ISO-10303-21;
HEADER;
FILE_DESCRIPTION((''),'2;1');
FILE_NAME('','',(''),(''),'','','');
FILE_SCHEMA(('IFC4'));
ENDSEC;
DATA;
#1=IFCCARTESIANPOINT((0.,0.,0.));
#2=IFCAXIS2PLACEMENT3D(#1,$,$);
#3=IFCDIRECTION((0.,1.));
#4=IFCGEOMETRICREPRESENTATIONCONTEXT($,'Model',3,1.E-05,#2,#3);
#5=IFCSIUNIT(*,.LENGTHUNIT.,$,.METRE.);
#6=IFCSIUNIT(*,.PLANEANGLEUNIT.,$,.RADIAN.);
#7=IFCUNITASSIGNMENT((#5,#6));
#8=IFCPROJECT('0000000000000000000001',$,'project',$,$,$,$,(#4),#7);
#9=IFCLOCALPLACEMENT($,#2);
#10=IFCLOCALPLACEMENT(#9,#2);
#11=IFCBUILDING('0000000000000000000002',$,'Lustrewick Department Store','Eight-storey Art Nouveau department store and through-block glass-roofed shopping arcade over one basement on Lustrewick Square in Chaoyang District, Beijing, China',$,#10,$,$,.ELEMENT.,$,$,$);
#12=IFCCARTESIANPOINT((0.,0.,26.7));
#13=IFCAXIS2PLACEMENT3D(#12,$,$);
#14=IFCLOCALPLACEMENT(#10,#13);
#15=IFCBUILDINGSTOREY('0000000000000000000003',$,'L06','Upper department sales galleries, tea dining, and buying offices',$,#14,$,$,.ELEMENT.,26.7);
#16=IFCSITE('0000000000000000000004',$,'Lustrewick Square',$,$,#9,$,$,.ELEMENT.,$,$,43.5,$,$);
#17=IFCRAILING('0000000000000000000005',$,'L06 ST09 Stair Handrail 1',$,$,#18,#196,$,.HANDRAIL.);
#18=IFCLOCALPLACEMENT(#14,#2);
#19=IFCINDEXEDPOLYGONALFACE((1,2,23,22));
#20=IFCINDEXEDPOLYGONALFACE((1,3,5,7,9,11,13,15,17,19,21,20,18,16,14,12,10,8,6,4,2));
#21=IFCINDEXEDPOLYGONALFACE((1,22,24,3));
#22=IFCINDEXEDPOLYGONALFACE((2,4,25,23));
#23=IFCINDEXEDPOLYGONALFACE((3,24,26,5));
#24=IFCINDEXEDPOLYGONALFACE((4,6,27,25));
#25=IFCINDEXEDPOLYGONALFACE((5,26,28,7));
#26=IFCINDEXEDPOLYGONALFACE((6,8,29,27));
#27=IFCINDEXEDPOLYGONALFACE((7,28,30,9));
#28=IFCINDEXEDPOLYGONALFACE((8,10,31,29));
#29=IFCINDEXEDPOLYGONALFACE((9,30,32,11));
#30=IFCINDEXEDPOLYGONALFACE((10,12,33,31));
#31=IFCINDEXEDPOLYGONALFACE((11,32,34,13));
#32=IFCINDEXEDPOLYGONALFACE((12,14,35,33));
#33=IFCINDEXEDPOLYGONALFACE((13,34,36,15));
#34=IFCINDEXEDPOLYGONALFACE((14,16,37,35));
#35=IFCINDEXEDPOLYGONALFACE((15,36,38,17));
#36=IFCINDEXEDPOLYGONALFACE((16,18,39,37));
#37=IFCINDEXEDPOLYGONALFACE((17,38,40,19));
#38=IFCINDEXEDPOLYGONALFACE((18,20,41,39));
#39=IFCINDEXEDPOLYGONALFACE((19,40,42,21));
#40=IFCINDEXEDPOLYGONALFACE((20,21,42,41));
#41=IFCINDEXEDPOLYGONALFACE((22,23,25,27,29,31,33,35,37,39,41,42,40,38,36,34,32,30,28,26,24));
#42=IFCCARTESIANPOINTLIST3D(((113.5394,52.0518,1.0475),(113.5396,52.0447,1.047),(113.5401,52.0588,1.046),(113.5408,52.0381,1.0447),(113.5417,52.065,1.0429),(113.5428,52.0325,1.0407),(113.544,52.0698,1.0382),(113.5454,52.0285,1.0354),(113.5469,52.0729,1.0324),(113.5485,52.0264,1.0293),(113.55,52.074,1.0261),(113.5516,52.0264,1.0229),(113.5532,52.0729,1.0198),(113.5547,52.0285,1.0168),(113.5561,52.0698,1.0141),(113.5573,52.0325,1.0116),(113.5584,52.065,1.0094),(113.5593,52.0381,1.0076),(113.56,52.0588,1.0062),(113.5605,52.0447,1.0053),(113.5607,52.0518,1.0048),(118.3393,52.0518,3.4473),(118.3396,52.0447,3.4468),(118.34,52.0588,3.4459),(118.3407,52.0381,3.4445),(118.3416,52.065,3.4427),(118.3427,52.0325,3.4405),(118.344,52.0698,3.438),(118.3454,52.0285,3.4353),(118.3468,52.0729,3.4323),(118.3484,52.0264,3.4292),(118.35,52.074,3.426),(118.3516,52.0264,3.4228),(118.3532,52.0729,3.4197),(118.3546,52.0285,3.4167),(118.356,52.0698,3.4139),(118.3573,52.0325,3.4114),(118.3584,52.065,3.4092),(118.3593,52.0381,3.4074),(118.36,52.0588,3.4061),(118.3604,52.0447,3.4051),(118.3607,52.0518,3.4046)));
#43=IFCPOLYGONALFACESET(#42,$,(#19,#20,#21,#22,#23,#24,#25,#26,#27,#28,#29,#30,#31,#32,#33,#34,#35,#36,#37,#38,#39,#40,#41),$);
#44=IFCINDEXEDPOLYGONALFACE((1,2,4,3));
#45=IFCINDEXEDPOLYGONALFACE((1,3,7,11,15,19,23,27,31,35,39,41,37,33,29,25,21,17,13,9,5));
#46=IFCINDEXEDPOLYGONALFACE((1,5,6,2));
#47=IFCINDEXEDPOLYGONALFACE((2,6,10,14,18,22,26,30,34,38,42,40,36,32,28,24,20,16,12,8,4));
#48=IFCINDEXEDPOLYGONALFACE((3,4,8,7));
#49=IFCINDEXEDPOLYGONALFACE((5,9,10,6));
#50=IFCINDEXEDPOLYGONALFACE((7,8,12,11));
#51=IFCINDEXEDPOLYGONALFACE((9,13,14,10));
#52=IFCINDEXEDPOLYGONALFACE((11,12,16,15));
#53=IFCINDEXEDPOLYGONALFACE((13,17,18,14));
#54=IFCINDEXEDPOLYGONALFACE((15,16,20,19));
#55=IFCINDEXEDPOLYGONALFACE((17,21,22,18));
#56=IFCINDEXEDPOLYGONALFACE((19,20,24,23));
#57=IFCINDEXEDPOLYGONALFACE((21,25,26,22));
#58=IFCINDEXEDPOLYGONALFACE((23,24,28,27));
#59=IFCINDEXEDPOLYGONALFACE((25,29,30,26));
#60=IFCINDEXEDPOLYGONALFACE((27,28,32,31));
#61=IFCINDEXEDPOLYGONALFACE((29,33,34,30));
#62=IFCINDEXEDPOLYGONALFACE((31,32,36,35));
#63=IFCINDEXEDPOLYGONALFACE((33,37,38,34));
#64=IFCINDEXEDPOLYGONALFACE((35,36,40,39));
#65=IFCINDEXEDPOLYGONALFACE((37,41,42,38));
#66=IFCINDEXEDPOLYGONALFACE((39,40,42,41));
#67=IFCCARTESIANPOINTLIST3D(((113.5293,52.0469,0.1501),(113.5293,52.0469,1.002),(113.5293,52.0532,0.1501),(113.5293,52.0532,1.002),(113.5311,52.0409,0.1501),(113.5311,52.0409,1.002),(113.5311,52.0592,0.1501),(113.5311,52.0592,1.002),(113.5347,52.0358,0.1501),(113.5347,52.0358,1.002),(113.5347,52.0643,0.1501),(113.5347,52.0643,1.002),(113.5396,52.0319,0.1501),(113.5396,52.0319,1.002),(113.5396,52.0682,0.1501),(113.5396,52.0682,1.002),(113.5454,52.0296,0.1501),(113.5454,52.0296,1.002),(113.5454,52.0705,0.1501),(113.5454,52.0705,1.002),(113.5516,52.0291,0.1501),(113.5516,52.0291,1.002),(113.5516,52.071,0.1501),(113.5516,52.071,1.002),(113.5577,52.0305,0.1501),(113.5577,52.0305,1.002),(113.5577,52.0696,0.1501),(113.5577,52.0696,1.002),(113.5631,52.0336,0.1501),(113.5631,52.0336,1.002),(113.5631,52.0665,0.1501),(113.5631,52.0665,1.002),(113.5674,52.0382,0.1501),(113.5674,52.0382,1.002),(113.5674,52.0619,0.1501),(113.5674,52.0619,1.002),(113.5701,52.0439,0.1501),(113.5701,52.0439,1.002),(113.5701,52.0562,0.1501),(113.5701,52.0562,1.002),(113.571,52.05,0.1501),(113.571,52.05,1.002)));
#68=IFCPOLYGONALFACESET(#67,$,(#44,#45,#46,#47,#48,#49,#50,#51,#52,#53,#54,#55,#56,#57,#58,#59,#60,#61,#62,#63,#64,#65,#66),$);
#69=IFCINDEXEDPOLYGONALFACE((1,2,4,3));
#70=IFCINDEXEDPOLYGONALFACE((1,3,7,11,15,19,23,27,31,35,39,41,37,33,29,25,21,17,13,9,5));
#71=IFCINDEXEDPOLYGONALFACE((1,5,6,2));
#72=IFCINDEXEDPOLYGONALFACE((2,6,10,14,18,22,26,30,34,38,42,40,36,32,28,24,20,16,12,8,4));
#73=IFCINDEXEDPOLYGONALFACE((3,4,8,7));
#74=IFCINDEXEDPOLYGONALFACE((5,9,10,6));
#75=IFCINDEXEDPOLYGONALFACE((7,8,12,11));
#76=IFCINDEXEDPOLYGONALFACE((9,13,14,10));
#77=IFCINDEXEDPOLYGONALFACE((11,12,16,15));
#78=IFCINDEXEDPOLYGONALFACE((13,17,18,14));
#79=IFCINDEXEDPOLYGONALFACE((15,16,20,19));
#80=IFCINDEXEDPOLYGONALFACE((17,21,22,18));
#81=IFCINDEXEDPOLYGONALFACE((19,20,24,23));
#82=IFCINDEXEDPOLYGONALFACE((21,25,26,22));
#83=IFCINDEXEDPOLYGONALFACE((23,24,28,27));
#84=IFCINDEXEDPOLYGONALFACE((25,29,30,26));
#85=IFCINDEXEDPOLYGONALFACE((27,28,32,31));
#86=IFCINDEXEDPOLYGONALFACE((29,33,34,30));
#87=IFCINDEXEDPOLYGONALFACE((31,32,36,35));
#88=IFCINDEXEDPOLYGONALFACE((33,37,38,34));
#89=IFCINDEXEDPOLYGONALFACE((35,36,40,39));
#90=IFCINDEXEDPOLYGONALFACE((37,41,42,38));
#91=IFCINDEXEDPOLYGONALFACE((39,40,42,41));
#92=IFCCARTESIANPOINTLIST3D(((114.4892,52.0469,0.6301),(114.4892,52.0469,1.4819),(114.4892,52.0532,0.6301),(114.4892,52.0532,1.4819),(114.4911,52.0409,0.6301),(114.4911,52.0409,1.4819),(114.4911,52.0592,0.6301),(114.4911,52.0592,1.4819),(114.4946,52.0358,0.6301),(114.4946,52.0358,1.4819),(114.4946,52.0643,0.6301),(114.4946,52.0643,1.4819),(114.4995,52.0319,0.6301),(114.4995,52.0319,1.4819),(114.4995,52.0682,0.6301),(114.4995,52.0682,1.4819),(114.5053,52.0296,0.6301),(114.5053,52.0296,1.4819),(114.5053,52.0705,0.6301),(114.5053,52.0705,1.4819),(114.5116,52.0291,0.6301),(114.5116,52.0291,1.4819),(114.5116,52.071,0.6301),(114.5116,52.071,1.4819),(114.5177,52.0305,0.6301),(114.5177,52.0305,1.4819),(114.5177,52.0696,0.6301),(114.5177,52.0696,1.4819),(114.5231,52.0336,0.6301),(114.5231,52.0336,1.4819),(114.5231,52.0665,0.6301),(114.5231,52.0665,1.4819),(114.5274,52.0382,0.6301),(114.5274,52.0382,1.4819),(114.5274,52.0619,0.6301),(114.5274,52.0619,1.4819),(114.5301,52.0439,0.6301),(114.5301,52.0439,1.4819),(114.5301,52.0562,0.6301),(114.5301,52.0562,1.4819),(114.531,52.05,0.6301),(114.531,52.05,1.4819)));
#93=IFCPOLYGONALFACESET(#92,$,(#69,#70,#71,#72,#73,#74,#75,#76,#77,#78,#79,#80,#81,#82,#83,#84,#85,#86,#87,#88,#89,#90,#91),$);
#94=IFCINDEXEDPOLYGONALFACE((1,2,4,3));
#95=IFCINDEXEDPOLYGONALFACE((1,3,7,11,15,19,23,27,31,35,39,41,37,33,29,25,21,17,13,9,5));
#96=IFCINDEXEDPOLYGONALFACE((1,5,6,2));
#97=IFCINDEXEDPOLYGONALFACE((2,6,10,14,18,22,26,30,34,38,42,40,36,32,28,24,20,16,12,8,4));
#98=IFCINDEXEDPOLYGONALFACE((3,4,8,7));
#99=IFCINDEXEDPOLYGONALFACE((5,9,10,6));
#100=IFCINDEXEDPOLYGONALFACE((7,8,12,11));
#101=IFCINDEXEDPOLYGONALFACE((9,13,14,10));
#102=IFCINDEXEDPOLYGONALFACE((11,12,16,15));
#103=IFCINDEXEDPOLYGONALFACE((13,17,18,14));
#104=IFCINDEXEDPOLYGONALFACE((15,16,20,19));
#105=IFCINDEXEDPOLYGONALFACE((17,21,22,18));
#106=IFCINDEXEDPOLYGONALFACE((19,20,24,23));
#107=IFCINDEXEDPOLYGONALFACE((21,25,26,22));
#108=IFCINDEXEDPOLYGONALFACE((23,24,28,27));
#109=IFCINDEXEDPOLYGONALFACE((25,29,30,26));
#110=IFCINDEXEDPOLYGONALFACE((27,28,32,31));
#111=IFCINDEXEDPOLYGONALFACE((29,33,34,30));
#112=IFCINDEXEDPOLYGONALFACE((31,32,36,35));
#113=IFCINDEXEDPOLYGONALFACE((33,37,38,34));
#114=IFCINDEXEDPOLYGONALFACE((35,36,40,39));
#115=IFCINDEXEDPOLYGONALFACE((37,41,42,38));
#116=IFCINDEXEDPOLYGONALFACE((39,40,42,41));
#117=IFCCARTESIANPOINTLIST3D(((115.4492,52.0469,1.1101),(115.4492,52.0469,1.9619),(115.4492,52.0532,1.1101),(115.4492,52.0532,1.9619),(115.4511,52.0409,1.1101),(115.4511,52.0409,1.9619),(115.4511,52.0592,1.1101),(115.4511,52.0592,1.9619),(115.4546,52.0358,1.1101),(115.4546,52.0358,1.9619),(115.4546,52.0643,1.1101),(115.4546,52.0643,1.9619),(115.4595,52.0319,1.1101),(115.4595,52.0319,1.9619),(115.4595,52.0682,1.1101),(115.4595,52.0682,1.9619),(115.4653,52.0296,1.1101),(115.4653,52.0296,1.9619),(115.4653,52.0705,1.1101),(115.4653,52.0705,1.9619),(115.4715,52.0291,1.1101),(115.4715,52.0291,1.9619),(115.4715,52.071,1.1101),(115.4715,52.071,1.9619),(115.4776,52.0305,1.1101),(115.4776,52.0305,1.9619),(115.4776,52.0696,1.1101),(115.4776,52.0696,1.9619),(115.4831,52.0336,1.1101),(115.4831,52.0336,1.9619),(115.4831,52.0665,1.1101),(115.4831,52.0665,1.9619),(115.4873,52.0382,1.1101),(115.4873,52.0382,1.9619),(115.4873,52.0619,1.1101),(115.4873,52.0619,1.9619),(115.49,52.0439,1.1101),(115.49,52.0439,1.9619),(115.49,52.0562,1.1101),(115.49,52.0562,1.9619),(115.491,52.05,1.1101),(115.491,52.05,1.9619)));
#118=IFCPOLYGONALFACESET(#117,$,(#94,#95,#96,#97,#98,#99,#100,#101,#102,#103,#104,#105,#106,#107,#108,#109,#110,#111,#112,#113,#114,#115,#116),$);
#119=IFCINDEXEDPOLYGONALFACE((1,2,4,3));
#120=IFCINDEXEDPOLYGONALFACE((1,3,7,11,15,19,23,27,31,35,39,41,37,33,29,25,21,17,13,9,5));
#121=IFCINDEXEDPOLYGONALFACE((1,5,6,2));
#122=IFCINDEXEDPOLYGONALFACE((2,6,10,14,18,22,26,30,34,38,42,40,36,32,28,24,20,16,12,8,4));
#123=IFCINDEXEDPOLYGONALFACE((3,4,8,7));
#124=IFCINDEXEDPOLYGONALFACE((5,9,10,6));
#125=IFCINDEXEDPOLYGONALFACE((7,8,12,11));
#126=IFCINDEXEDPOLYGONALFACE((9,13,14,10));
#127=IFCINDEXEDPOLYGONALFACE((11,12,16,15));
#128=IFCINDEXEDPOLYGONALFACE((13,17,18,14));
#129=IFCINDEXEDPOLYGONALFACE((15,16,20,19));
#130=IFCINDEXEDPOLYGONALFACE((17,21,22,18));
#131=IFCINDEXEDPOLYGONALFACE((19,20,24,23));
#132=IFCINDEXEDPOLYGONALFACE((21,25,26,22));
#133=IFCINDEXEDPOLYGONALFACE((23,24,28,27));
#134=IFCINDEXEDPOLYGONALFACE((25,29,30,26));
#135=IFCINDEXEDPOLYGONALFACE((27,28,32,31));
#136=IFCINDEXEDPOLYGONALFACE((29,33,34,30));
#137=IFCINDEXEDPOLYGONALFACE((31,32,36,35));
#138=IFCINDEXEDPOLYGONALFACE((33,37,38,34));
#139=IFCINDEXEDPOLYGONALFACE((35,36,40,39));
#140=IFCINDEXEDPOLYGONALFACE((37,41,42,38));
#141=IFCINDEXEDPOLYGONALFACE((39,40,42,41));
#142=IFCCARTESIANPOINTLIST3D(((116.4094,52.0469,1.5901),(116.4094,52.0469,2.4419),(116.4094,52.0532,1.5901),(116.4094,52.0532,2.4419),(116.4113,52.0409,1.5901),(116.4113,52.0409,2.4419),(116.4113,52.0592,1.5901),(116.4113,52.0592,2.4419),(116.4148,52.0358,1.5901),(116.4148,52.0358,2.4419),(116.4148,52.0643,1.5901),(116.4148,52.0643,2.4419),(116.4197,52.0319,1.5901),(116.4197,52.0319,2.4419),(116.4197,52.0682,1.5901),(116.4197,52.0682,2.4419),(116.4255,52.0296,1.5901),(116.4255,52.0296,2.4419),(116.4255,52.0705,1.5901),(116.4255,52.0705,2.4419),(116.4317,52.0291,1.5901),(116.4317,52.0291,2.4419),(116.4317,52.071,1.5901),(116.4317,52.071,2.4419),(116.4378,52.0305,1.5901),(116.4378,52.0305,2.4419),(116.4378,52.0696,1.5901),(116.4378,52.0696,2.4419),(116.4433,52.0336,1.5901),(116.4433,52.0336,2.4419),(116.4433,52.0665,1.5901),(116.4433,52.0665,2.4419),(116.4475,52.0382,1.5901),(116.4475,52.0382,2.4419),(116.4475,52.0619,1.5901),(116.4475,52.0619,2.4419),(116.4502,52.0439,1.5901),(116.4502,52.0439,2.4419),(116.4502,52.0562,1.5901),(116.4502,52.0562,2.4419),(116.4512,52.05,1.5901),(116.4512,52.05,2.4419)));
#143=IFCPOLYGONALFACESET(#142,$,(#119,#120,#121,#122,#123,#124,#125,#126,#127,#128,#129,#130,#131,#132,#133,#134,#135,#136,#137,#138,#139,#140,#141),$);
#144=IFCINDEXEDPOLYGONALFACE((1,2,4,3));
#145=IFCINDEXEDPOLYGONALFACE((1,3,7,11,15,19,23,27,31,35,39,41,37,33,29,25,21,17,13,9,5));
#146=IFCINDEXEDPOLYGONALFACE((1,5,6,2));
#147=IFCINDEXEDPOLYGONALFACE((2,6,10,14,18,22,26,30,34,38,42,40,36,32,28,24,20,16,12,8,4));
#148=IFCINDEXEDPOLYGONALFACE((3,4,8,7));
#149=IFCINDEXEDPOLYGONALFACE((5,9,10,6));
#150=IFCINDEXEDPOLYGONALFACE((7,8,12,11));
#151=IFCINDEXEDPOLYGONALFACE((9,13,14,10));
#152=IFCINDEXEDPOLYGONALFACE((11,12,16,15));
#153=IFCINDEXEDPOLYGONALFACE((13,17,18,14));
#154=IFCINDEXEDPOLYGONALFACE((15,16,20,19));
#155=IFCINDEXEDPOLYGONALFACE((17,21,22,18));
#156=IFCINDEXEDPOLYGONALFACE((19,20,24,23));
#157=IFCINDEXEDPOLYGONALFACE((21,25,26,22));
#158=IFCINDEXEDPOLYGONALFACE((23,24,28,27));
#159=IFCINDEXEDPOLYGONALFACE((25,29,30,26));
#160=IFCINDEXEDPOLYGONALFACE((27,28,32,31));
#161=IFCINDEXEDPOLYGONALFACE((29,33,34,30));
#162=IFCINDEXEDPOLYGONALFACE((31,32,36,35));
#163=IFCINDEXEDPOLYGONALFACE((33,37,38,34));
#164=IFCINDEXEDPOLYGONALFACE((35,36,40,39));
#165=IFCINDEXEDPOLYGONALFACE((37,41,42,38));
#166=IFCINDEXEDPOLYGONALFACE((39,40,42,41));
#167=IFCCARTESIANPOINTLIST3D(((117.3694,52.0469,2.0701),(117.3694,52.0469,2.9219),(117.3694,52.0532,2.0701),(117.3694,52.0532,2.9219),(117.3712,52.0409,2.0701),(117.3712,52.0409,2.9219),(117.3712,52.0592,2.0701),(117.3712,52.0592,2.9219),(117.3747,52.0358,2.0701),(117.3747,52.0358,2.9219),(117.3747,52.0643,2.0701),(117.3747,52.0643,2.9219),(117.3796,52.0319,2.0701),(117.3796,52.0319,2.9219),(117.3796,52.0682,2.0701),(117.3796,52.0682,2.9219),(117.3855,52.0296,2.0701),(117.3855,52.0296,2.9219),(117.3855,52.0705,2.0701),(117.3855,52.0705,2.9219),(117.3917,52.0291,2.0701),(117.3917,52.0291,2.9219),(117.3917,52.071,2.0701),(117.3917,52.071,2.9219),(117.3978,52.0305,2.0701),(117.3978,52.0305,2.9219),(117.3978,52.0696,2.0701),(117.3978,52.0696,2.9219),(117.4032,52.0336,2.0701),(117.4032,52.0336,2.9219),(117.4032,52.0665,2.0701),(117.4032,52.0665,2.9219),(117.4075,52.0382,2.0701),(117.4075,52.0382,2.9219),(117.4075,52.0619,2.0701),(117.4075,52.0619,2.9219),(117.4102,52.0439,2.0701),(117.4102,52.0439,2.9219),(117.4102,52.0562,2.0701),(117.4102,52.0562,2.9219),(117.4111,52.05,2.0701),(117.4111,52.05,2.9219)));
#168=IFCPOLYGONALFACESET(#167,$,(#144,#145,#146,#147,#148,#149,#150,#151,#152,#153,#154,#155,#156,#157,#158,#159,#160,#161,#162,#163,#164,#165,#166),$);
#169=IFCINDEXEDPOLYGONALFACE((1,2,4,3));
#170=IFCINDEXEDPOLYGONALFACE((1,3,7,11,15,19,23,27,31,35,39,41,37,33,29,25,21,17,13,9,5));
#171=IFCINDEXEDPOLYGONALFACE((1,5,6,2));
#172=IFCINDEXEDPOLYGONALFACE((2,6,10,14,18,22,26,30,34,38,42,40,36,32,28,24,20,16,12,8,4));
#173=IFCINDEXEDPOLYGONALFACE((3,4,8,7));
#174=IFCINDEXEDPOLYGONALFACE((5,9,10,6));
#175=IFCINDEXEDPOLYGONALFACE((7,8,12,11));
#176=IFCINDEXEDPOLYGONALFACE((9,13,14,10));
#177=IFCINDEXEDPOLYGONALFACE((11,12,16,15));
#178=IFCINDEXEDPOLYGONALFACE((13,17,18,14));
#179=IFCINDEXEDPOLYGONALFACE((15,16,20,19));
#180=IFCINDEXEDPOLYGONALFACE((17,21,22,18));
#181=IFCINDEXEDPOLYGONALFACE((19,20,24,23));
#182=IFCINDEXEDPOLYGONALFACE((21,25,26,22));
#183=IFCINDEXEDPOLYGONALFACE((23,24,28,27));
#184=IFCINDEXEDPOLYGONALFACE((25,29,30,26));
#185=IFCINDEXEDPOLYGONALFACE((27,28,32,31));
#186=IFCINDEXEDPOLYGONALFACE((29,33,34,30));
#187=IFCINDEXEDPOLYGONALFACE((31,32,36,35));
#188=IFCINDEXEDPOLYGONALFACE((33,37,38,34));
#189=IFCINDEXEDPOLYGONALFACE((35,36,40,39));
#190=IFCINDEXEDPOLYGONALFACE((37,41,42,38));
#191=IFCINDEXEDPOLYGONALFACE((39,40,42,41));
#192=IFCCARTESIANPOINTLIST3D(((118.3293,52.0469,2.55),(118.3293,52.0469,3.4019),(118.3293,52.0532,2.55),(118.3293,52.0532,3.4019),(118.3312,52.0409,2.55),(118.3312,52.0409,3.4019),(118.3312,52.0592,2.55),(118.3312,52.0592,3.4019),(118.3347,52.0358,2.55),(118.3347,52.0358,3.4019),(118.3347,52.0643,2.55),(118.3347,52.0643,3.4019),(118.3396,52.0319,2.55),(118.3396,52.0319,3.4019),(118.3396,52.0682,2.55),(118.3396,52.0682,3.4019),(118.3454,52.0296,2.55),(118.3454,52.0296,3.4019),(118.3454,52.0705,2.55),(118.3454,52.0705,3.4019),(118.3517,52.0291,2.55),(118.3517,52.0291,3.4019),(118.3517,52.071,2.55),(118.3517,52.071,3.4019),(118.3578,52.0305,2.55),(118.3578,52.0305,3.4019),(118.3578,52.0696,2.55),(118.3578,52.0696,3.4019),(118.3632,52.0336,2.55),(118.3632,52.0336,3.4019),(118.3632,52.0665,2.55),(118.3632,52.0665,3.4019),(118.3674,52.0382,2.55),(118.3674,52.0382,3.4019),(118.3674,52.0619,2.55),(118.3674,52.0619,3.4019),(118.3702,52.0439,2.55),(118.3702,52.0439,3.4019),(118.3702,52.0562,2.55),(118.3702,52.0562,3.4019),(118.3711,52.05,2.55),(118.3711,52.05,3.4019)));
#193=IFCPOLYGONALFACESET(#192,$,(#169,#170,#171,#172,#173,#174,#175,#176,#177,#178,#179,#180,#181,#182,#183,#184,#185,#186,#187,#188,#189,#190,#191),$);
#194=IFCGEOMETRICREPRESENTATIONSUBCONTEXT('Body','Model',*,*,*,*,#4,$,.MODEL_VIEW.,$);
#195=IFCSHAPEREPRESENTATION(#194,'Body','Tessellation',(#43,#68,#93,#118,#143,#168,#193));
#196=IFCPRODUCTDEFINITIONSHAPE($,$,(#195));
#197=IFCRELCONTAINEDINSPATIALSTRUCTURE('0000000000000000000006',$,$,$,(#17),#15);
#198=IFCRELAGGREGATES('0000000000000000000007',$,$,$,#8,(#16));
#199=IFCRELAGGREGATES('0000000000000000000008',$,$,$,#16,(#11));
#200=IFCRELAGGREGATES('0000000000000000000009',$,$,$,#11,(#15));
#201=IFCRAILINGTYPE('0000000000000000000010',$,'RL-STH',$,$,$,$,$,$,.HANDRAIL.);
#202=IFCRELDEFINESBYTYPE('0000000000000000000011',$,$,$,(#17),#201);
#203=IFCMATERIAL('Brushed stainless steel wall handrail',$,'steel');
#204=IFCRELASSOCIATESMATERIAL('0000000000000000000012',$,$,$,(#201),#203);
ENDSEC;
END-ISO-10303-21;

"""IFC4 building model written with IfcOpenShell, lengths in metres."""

from ifc_helpers import new_model, si_unit, direction, frame, origin, origin_2d, place, context, subcontext, project, spatial, circle, extrude, material, type_object, element, save


model = new_model("IFC4")

# Units and contexts
model_context = context("Model", 3, precision=1e-05, world=origin(), true_north=direction((0.0, 1.0)))
body_context = subcontext(model_context, "Body", "Model", "MODEL_VIEW")
ifc_project = project(units=[si_unit("LENGTHUNIT", "METRE"), si_unit("PLANEANGLEUNIT", "RADIAN")], contexts=[model_context])

# Site, building, storey
site_placement = place(None, origin())
site = spatial("IfcSite", under=ifc_project, at=site_placement, Name="Lustrewick Square", CompositionType="ELEMENT", RefElevation=43.5)
building_placement = place(site_placement, origin())
building = spatial("IfcBuilding", under=site, at=building_placement, Name="Lustrewick Department Store", Description="Eight-storey Art Nouveau department store and through-block glass-roofed shopping arcade over one basement on Lustrewick Square in Chaoyang District, Beijing, China", CompositionType="ELEMENT")
storey_placement = place(building_placement, frame((0.0, 0.0, 26.7)))
storey = spatial("IfcBuildingStorey", under=building, at=storey_placement, Name="L06", Description="Upper department sales galleries, tea dining, and buying offices", CompositionType="ELEMENT", Elevation=26.7)

# Railing
ifc_material_1 = material(Name="Brushed stainless steel wall handrail", Category="steel")
railing_type_1 = type_object("IfcRailingType", Name="RL-STH", PredefinedType="HANDRAIL", material=ifc_material_1)
railing_1_placement = place(storey_placement, frame((113.55, 52.05, 0.1501)))
element("IfcRailing", 1, at=railing_1_placement, inside=storey, type_object=railing_type_1, Name="L06 ST09 Stair Handrail 1", PredefinedType="HANDRAIL", context=body_context, shape_type="SweptSolid", body=[
    extrude(circle(Radius=0.0239, at=origin_2d()), frame((0.0, 0.0, 0.876), z_axis=(0.894436, 0.0, 0.447195), x_axis=(0.0, 1.0, 0.0)), (0.0, 0.0, 1.0), 5.3665),
    extrude(circle(Radius=0.021, at=origin_2d()), origin(), (0.0, 0.0, 1.0), 0.8518),
    extrude(circle(Radius=0.021, at=origin_2d()), frame((0.96, 0.0, 0.48)), (0.0, 0.0, 1.0), 0.8518),
    extrude(circle(Radius=0.021, at=origin_2d()), frame((1.9199, 0.0, 0.96)), (0.0, 0.0, 1.0), 0.8518),
    extrude(circle(Radius=0.021, at=origin_2d()), frame((2.8801, 0.0, 1.4399)), (0.0, 0.0, 1.0), 0.8518),
    extrude(circle(Radius=0.021, at=origin_2d()), frame((3.8401, 0.0, 1.9199)), (0.0, 0.0, 1.0), 0.8518),
    extrude(circle(Radius=0.021, at=origin_2d()), frame((4.8, 0.0, 2.3999)), (0.0, 0.0, 1.0), 0.8518),
])

save(model, "model.ifc")
